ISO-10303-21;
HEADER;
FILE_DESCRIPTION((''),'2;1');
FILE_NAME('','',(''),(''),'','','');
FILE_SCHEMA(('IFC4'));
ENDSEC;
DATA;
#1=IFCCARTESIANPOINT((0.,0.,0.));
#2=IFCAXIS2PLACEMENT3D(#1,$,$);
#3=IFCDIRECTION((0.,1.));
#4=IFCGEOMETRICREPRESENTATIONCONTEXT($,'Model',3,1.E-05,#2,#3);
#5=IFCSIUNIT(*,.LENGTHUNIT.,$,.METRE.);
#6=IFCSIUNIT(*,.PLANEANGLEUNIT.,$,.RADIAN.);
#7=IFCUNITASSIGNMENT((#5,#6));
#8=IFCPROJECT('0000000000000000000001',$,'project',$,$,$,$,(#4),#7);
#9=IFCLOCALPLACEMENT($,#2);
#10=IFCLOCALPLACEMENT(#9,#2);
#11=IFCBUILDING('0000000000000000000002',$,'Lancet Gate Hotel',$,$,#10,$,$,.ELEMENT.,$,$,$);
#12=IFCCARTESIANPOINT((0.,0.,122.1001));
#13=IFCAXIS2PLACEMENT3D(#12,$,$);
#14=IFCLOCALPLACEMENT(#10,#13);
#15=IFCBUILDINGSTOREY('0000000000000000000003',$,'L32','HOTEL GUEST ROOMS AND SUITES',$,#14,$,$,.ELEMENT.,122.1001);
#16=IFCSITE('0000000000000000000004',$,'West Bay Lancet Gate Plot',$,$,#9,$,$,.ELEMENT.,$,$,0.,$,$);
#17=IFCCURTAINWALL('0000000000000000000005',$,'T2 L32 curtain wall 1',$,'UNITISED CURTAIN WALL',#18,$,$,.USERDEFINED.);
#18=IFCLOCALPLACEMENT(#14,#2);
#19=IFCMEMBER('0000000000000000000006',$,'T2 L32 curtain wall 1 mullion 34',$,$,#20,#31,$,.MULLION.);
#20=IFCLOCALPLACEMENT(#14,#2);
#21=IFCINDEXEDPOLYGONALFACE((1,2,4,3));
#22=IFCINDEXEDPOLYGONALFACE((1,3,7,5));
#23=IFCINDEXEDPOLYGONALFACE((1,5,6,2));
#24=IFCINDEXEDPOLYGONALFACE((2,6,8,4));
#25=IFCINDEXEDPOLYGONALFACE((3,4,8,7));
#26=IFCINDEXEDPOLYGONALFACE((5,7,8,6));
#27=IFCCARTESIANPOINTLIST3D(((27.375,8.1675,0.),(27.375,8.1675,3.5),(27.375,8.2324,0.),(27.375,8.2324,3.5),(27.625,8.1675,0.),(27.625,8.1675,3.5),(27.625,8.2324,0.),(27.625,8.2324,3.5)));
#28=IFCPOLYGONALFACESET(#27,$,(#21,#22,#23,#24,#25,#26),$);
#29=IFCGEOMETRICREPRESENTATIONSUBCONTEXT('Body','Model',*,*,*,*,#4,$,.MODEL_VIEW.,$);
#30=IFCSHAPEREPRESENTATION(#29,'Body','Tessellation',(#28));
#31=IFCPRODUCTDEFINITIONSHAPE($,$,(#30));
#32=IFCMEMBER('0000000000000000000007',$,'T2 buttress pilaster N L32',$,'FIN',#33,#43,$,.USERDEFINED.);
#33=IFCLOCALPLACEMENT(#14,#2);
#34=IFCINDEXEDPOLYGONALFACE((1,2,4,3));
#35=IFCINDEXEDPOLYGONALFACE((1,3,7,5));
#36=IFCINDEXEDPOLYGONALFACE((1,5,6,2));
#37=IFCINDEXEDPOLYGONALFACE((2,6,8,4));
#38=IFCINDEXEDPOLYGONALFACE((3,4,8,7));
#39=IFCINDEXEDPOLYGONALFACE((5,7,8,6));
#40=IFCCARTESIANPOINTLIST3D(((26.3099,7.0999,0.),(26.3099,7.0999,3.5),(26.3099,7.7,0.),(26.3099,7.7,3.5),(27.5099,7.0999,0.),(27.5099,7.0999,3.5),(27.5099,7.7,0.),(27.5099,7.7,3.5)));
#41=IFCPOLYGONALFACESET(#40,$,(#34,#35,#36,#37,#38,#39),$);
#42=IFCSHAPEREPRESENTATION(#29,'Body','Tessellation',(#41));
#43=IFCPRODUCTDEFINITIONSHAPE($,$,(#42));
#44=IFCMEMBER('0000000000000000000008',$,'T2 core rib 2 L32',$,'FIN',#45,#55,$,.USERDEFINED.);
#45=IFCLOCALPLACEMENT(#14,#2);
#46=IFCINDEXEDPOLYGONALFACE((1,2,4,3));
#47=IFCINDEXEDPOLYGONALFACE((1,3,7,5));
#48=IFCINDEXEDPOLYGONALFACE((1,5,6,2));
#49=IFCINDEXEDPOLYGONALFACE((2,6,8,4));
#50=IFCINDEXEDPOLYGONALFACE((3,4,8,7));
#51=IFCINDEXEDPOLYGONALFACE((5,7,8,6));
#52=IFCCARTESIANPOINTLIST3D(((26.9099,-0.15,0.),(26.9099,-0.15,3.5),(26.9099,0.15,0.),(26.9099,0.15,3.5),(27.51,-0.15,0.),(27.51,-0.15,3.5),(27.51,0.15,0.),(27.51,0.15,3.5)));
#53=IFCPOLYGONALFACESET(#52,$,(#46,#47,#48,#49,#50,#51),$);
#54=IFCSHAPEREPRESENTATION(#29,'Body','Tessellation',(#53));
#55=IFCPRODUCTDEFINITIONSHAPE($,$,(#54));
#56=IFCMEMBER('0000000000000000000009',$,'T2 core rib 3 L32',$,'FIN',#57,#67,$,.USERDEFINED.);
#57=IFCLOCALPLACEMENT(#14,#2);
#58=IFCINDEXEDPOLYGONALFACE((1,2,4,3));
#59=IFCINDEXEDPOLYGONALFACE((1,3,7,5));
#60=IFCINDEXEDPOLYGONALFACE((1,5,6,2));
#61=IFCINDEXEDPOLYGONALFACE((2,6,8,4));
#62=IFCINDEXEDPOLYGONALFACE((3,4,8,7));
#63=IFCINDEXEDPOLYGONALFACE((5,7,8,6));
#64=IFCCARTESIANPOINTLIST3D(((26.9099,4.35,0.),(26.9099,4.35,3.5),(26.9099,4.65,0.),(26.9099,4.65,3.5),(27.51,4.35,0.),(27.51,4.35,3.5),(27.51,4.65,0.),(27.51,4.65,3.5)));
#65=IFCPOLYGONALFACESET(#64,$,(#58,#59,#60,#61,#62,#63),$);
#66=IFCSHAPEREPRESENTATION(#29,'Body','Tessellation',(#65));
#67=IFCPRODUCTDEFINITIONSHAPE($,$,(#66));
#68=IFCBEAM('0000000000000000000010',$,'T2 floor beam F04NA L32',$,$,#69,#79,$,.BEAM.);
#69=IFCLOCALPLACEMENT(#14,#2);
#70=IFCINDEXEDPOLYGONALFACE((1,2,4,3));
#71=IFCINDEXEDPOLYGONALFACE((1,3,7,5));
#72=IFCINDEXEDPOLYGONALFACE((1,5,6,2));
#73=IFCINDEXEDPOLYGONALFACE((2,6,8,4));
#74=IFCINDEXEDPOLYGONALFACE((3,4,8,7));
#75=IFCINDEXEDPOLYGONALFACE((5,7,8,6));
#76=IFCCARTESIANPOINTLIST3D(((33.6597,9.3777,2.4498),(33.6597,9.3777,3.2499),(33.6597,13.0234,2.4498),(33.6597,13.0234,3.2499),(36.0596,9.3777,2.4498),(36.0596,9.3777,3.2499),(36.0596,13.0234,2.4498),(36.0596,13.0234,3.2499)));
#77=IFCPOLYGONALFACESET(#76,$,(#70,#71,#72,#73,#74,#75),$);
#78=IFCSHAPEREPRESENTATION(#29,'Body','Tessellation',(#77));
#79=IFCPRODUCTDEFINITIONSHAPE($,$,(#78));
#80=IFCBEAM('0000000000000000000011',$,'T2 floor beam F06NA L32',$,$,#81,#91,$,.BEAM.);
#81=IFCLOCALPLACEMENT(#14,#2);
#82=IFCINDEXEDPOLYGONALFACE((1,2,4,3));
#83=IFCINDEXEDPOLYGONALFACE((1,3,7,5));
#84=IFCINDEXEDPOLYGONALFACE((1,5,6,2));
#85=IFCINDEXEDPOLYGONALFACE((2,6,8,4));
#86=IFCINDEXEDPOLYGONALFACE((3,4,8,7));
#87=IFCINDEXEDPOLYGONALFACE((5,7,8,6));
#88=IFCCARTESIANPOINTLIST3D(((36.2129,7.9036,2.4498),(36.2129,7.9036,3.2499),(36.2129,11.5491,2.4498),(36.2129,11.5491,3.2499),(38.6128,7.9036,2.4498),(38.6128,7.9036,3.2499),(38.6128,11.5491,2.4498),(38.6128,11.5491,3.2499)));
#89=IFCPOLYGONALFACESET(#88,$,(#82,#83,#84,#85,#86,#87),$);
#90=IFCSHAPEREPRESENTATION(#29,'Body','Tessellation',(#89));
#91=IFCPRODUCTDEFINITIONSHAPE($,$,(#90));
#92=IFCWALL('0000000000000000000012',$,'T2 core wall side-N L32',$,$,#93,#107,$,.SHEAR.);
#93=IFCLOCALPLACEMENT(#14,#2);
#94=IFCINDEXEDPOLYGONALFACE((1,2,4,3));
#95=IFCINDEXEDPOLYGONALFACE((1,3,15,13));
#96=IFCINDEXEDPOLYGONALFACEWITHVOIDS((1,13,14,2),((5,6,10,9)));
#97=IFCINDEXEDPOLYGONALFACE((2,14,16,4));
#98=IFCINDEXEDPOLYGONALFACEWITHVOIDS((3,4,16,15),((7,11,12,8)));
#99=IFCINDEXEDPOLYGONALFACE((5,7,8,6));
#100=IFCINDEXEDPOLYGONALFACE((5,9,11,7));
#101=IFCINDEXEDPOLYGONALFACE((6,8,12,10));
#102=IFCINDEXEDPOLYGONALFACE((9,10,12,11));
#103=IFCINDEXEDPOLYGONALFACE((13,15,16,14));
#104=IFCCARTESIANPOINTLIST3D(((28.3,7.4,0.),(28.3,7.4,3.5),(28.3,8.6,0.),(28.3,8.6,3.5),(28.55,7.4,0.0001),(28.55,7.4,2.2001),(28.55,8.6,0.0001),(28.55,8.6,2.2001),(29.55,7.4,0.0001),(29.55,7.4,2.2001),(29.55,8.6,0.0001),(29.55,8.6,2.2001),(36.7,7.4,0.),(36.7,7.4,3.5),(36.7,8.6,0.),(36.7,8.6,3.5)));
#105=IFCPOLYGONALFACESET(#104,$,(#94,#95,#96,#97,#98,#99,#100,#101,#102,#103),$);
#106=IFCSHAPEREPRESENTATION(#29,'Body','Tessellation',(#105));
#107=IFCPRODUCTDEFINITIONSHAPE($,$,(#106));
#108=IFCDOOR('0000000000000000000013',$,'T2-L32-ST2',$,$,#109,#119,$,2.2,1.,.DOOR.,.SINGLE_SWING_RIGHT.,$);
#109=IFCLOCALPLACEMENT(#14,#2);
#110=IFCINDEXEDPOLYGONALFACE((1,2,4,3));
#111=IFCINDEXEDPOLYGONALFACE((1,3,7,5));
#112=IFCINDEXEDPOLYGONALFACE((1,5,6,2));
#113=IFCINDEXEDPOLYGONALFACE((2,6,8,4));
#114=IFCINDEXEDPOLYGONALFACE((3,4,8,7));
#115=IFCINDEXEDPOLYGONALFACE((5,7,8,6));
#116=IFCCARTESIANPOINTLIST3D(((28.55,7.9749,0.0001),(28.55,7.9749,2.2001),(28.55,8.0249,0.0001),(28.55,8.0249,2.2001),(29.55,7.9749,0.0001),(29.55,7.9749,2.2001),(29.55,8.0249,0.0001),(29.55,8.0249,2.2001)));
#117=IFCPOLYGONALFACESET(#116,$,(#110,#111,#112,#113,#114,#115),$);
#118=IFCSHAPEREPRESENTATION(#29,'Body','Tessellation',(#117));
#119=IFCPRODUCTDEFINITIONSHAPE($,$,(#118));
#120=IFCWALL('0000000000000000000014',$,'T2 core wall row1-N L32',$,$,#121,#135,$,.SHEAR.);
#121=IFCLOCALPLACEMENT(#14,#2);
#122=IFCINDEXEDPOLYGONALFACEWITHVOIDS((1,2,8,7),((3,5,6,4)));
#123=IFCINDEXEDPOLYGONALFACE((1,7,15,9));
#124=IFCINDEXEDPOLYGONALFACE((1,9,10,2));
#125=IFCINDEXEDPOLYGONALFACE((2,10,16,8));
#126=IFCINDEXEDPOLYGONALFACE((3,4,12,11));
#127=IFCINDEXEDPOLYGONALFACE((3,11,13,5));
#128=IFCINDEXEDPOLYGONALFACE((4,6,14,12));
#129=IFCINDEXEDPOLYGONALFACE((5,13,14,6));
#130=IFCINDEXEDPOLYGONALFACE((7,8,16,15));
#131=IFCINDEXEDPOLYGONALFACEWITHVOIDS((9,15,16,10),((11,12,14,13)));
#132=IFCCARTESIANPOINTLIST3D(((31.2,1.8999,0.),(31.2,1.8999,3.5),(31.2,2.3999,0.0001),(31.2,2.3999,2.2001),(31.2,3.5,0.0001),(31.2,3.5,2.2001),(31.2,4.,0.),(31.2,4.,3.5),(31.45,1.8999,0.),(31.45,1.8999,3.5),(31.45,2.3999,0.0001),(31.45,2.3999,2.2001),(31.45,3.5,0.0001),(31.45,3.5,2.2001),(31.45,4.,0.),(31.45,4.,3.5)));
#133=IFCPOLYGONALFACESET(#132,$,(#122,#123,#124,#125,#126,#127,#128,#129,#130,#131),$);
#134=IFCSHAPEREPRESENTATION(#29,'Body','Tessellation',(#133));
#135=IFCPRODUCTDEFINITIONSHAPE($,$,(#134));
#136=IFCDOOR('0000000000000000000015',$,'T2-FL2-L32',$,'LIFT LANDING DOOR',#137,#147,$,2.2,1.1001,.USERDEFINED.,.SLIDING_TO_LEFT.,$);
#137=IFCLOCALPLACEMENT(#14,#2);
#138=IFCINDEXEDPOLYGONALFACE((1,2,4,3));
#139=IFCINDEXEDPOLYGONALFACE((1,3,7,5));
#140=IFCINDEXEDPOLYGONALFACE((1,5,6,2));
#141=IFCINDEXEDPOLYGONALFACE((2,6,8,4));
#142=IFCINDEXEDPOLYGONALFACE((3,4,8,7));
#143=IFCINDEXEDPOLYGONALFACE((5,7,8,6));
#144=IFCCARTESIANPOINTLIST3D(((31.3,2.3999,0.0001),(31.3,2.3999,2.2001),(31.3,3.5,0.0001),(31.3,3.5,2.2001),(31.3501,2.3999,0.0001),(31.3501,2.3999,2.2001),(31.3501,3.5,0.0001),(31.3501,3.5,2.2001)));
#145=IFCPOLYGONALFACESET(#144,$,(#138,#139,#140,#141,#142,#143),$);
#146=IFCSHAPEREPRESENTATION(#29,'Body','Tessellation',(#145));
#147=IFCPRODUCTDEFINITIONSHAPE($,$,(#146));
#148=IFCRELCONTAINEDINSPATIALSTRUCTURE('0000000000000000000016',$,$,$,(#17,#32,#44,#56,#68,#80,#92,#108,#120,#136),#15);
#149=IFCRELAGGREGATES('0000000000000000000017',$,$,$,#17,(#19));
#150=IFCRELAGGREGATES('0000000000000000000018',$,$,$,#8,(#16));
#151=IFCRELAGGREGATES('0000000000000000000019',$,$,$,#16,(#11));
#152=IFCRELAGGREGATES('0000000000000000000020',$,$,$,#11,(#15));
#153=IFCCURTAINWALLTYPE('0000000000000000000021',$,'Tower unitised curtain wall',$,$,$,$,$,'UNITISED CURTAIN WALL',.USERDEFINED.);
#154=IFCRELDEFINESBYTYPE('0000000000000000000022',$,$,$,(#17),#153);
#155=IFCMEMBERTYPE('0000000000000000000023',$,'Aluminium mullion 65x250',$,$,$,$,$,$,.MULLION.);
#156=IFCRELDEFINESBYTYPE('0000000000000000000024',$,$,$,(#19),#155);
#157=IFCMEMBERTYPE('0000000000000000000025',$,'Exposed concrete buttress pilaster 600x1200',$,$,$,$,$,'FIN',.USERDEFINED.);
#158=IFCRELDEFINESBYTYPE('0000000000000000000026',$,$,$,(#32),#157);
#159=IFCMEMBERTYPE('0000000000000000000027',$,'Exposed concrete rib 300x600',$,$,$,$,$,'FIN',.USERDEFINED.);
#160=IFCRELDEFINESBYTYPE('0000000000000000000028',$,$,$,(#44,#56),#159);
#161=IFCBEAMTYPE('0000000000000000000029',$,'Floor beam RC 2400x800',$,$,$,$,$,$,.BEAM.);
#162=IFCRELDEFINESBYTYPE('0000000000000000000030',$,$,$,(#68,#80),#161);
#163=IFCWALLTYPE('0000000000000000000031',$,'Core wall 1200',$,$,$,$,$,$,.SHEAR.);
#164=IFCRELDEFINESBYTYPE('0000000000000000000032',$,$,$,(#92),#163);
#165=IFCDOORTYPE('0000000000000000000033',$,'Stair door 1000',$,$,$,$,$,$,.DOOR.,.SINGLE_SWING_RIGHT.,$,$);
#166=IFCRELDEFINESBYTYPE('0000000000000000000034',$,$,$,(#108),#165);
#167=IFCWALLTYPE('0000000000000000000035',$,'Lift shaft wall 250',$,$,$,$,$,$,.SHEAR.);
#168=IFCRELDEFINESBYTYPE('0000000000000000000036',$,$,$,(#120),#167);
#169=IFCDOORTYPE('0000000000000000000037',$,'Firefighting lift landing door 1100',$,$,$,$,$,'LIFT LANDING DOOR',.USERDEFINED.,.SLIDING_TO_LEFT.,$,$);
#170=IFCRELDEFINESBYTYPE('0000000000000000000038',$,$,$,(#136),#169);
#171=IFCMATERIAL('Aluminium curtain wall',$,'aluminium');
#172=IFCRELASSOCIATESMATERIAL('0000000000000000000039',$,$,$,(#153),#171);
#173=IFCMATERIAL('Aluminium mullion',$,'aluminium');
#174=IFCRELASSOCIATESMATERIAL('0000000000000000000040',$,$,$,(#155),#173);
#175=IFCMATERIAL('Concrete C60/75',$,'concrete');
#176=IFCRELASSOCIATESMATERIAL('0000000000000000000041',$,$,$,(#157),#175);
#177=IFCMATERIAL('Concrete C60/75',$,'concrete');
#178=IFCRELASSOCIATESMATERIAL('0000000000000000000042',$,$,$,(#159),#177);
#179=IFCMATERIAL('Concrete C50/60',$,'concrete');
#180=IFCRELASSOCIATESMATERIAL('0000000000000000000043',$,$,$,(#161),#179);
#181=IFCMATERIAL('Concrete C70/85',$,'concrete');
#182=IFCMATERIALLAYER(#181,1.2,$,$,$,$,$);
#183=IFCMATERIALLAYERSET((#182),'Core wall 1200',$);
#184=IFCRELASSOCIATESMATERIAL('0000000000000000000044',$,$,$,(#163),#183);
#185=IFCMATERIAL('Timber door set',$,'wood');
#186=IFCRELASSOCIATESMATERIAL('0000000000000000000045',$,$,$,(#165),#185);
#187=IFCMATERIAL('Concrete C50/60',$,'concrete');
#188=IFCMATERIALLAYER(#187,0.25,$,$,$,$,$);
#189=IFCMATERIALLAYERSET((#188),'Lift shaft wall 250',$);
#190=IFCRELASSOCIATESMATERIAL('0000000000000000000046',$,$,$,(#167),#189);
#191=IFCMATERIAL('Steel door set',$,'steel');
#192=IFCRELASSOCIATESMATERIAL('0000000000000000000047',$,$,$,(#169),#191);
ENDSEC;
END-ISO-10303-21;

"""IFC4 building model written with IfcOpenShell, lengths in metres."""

from ifc_helpers import new_model, si_unit, direction, frame, frame_2d, origin, origin_2d, place, context, subcontext, project, spatial, rectangle, extrude, material, layer, layer_set, material_profile, profile_set, type_object, element, fill, aggregate, save


model = new_model("IFC4")

# Units and contexts
model_context = context("Model", 3, precision=1e-05, world=origin(), true_north=direction((0.0, 1.0)))
body_context = subcontext(model_context, "Body", "Model", "MODEL_VIEW")
ifc_project = project(units=[si_unit("LENGTHUNIT", "METRE"), si_unit("PLANEANGLEUNIT", "RADIAN")], contexts=[model_context])

# Site, building, storey
site_placement = place(None, origin())
site = spatial("IfcSite", under=ifc_project, at=site_placement, Name="West Bay Lancet Gate Plot", CompositionType="ELEMENT", RefElevation=0.0)
building_placement = place(site_placement, origin())
building = spatial("IfcBuilding", under=site, at=building_placement, Name="Lancet Gate Hotel", CompositionType="ELEMENT")
storey_placement = place(building_placement, frame((0.0, 0.0, 122.1001)))
storey = spatial("IfcBuildingStorey", under=building, at=storey_placement, Name="L32", Description="HOTEL GUEST ROOMS AND SUITES", CompositionType="ELEMENT", Elevation=122.1001)

# Curtain wall, member
ifc_material_1 = material(Name="Aluminium curtain wall", Category="aluminium")
curtain_wall_type = type_object("IfcCurtainWallType", Name="Tower unitised curtain wall", ElementType="UNITISED CURTAIN WALL", PredefinedType="USERDEFINED", material=ifc_material_1)
curtain_wall_placement = place(storey_placement, origin())
curtain_wall = element("IfcCurtainWall", 1, at=curtain_wall_placement, inside=storey, type_object=curtain_wall_type, Name="T2 L32 curtain wall 1", ObjectType="UNITISED CURTAIN WALL", PredefinedType="USERDEFINED")
ifc_material_2 = material(Name="Aluminium mullion", Category="aluminium")
ifc_material_profile_1 = material_profile(ifc_material_2, rectangle(XDim=0.0649, YDim=0.25, at=origin_2d()), Name="MULLION 65x250")
ifc_profile_set_1 = profile_set([ifc_material_profile_1], Name="Aluminium mullion")
member_type_1 = type_object("IfcMemberType", Name="Aluminium mullion 65x250", PredefinedType="MULLION", material=ifc_profile_set_1)
member_1_placement = place(storey_placement, frame((27.5, 8.2, 0.0), z_axis=(0.0, 0.0, 1.0), x_axis=(0.0, -1.0, 0.0)))
member_1 = element("IfcMember", 2, at=member_1_placement, type_object=member_type_1, Name="T2 L32 curtain wall 1 mullion 34", PredefinedType="MULLION", context=body_context, shape_type="SweptSolid", body=[
    extrude(rectangle(XDim=0.0649, YDim=0.25, at=origin_2d()), origin(), (0.0, 0.0, 1.0), 3.5),
])
aggregate(curtain_wall, [member_1])

# Members
ifc_material_3 = material(Name="Concrete C60/75", Category="concrete")
ifc_material_profile_2 = material_profile(ifc_material_3, rectangle(XDim=0.6001, YDim=1.2, at=origin_2d()), Name="FIN 600x1200")
ifc_profile_set_2 = profile_set([ifc_material_profile_2], Name="Concrete C60/75")
member_type_2 = type_object("IfcMemberType", Name="Exposed concrete buttress pilaster 600x1200", ElementType="FIN", PredefinedType="USERDEFINED", material=ifc_profile_set_2)
member_2_placement = place(storey_placement, frame((26.9099, 7.3999, 0.0), z_axis=(0.0, 0.0, 1.0), x_axis=(0.0, 1.0, 0.0)))
element("IfcMember", 3, at=member_2_placement, inside=storey, type_object=member_type_2, Name="T2 buttress pilaster N L32", ObjectType="FIN", PredefinedType="USERDEFINED", context=body_context, shape_type="SweptSolid", body=[
    extrude(rectangle(XDim=0.6001, YDim=1.2, at=origin_2d()), origin(), (0.0, 0.0, 1.0), 3.5),
])
ifc_material_4 = material(Name="Concrete C60/75", Category="concrete")
ifc_material_profile_3 = material_profile(ifc_material_4, rectangle(XDim=0.3, YDim=0.6001, at=origin_2d()), Name="FIN 300x600")
ifc_profile_set_3 = profile_set([ifc_material_profile_3], Name="Concrete C60/75")
member_type_3 = type_object("IfcMemberType", Name="Exposed concrete rib 300x600", ElementType="FIN", PredefinedType="USERDEFINED", material=ifc_profile_set_3)
for number, where, z_axis, x_axis, name in (
    (4, (27.21, 0.0, 0.0), (0.0, 0.0, 1.0), (0.0, 1.0, 0.0), "T2 core rib 2 L32"),
    (5, (27.21, 4.5, 0.0), (0.0, 0.0, 1.0), (0.0, 1.0, 0.0), "T2 core rib 3 L32"),
):
    element("IfcMember", number, at=place(storey_placement, frame(where, z_axis=z_axis, x_axis=x_axis)), inside=storey, type_object=member_type_3, Name=name, ObjectType="FIN", PredefinedType="USERDEFINED", context=body_context, shape_type="SweptSolid", body=[
        extrude(rectangle(XDim=0.3, YDim=0.6001, at=origin_2d()), origin(), (0.0, 0.0, 1.0), 3.5),
    ])

# Beams
ifc_material_5 = material(Name="Concrete C50/60", Category="concrete")
ifc_material_profile_4 = material_profile(ifc_material_5, rectangle(XDim=2.3999, YDim=0.8, at=origin_2d()), Name="RC 2400x800")
ifc_profile_set_4 = profile_set([ifc_material_profile_4], Name="Concrete C50/60")
beam_type = type_object("IfcBeamType", Name="Floor beam RC 2400x800", PredefinedType="BEAM", material=ifc_profile_set_4)
beam_1_placement = place(storey_placement, frame((34.8596, 9.3777, 2.8499), z_axis=(0.0, 1.0, 0.0), x_axis=(-1.0, 0.0, 0.0)))
element("IfcBeam", 6, at=beam_1_placement, inside=storey, type_object=beam_type, Name="T2 floor beam F04NA L32", PredefinedType="BEAM", context=body_context, shape_type="SweptSolid", body=[
    extrude(rectangle(XDim=2.3999, YDim=0.8, at=origin_2d()), origin(), (0.0, 0.0, 1.0), 3.6458),
])
beam_2_placement = place(storey_placement, frame((37.4128, 7.9036, 2.8499), z_axis=(0.0, 1.0, 0.0), x_axis=(-1.0, 0.0, 0.0)))
element("IfcBeam", 7, at=beam_2_placement, inside=storey, type_object=beam_type, Name="T2 floor beam F06NA L32", PredefinedType="BEAM", context=body_context, shape_type="SweptSolid", body=[
    extrude(rectangle(XDim=2.3999, YDim=0.8, at=origin_2d()), origin(), (0.0, 0.0, 1.0), 3.6455),
])

# Walls, openings, doors
ifc_material_6 = material(Name="Concrete C70/85", Category="concrete")
ifc_layer_1 = layer(ifc_material_6, 1.2)
ifc_layer_set_1 = layer_set([ifc_layer_1], Name="Core wall 1200")
wall_type_1 = type_object("IfcWallType", Name="Core wall 1200", PredefinedType="SHEAR", material=ifc_layer_set_1)
wall_1_placement = place(storey_placement, frame((28.3, 8.0, 0.0), z_axis=(0.0, 0.0, 1.0), x_axis=(1.0, 0.0, 0.0)))
wall_1 = element("IfcWall", 8, at=wall_1_placement, inside=storey, type_object=wall_type_1, Name="T2 core wall side-N L32", PredefinedType="SHEAR", context=body_context, shape_type="SweptSolid", body=[
    extrude(rectangle(XDim=8.3999, YDim=1.2, at=frame_2d((4.2, 0.0))), origin(), (0.0, 0.0, 1.0), 3.5),
])
opening_1_placement = place(wall_1_placement, frame((0.25, 0.0, 0.0)))
opening_1 = element("IfcOpeningElement", 9, at=opening_1_placement, cuts=wall_1, PredefinedType="OPENING", context=body_context, shape_type="SweptSolid", body=[
    extrude(rectangle(XDim=1.0, YDim=2.2, at=frame_2d((0.5, 1.1001))), frame((0.0, 0.6099, 0.0), z_axis=(0.0, -1.0, 0.0), x_axis=(1.0, 0.0, 0.0)), (0.0, 0.0, 1.0), 1.22),
])
ifc_material_7 = material(Name="Timber door set", Category="wood")
door_type_1 = type_object("IfcDoorType", Name="Stair door 1000", OperationType="SINGLE_SWING_RIGHT", PredefinedType="DOOR", material=ifc_material_7)
door_1_placement = place(opening_1_placement, origin())
door_1 = element("IfcDoor", 10, at=door_1_placement, inside=storey, type_object=door_type_1, Name="T2-L32-ST2", OperationType="SINGLE_SWING_RIGHT", OverallHeight=2.2, OverallWidth=1.0, PredefinedType="DOOR", context=body_context, shape_type="SweptSolid", body=[
    extrude(rectangle(XDim=1.0, YDim=2.2, at=frame_2d((0.5, 1.1001))), frame((0.0, 0.0249, 0.0), z_axis=(0.0, -1.0, 0.0), x_axis=(1.0, 0.0, 0.0)), (0.0, 0.0, 1.0), 0.05),
])
fill(opening_1, door_1)
ifc_material_8 = material(Name="Concrete C50/60", Category="concrete")
ifc_layer_2 = layer(ifc_material_8, 0.25)
ifc_layer_set_2 = layer_set([ifc_layer_2], Name="Lift shaft wall 250")
wall_type_2 = type_object("IfcWallType", Name="Lift shaft wall 250", PredefinedType="SHEAR", material=ifc_layer_set_2)
wall_2_placement = place(storey_placement, frame((31.325, 1.8999, 0.0), z_axis=(0.0, 0.0, 1.0), x_axis=(0.0, 1.0, 0.0)))
wall_2 = element("IfcWall", 11, at=wall_2_placement, inside=storey, type_object=wall_type_2, Name="T2 core wall row1-N L32", PredefinedType="SHEAR", context=body_context, shape_type="SweptSolid", body=[
    extrude(rectangle(XDim=2.1001, YDim=0.25, at=frame_2d((1.05, 0.0))), origin(), (0.0, 0.0, 1.0), 3.5),
])
opening_2_placement = place(wall_2_placement, frame((0.5, 0.0, 0.0)))
opening_2 = element("IfcOpeningElement", 12, at=opening_2_placement, cuts=wall_2, PredefinedType="OPENING", context=body_context, shape_type="SweptSolid", body=[
    extrude(rectangle(XDim=1.1001, YDim=2.2, at=frame_2d((0.55, 1.1001))), frame((0.0, 0.135, 0.0), z_axis=(0.0, -1.0, 0.0), x_axis=(1.0, 0.0, 0.0)), (0.0, 0.0, 1.0), 0.27),
])
ifc_material_9 = material(Name="Steel door set", Category="steel")
door_type_2 = type_object("IfcDoorType", Name="Firefighting lift landing door 1100", ElementType="LIFT LANDING DOOR", OperationType="SLIDING_TO_LEFT", PredefinedType="USERDEFINED", material=ifc_material_9)
door_2_placement = place(opening_2_placement, origin())
door_2 = element("IfcDoor", 13, at=door_2_placement, inside=storey, type_object=door_type_2, Name="T2-FL2-L32", ObjectType="LIFT LANDING DOOR", OperationType="SLIDING_TO_LEFT", OverallHeight=2.2, OverallWidth=1.1001, PredefinedType="USERDEFINED", context=body_context, shape_type="SweptSolid", body=[
    extrude(rectangle(XDim=1.1001, YDim=2.2, at=frame_2d((0.55, 1.1001))), frame((0.0, 0.0249, 0.0), z_axis=(0.0, -1.0, 0.0), x_axis=(1.0, 0.0, 0.0)), (0.0, 0.0, 1.0), 0.05),
])
fill(opening_2, door_2)

save(model, "model.ifc")
